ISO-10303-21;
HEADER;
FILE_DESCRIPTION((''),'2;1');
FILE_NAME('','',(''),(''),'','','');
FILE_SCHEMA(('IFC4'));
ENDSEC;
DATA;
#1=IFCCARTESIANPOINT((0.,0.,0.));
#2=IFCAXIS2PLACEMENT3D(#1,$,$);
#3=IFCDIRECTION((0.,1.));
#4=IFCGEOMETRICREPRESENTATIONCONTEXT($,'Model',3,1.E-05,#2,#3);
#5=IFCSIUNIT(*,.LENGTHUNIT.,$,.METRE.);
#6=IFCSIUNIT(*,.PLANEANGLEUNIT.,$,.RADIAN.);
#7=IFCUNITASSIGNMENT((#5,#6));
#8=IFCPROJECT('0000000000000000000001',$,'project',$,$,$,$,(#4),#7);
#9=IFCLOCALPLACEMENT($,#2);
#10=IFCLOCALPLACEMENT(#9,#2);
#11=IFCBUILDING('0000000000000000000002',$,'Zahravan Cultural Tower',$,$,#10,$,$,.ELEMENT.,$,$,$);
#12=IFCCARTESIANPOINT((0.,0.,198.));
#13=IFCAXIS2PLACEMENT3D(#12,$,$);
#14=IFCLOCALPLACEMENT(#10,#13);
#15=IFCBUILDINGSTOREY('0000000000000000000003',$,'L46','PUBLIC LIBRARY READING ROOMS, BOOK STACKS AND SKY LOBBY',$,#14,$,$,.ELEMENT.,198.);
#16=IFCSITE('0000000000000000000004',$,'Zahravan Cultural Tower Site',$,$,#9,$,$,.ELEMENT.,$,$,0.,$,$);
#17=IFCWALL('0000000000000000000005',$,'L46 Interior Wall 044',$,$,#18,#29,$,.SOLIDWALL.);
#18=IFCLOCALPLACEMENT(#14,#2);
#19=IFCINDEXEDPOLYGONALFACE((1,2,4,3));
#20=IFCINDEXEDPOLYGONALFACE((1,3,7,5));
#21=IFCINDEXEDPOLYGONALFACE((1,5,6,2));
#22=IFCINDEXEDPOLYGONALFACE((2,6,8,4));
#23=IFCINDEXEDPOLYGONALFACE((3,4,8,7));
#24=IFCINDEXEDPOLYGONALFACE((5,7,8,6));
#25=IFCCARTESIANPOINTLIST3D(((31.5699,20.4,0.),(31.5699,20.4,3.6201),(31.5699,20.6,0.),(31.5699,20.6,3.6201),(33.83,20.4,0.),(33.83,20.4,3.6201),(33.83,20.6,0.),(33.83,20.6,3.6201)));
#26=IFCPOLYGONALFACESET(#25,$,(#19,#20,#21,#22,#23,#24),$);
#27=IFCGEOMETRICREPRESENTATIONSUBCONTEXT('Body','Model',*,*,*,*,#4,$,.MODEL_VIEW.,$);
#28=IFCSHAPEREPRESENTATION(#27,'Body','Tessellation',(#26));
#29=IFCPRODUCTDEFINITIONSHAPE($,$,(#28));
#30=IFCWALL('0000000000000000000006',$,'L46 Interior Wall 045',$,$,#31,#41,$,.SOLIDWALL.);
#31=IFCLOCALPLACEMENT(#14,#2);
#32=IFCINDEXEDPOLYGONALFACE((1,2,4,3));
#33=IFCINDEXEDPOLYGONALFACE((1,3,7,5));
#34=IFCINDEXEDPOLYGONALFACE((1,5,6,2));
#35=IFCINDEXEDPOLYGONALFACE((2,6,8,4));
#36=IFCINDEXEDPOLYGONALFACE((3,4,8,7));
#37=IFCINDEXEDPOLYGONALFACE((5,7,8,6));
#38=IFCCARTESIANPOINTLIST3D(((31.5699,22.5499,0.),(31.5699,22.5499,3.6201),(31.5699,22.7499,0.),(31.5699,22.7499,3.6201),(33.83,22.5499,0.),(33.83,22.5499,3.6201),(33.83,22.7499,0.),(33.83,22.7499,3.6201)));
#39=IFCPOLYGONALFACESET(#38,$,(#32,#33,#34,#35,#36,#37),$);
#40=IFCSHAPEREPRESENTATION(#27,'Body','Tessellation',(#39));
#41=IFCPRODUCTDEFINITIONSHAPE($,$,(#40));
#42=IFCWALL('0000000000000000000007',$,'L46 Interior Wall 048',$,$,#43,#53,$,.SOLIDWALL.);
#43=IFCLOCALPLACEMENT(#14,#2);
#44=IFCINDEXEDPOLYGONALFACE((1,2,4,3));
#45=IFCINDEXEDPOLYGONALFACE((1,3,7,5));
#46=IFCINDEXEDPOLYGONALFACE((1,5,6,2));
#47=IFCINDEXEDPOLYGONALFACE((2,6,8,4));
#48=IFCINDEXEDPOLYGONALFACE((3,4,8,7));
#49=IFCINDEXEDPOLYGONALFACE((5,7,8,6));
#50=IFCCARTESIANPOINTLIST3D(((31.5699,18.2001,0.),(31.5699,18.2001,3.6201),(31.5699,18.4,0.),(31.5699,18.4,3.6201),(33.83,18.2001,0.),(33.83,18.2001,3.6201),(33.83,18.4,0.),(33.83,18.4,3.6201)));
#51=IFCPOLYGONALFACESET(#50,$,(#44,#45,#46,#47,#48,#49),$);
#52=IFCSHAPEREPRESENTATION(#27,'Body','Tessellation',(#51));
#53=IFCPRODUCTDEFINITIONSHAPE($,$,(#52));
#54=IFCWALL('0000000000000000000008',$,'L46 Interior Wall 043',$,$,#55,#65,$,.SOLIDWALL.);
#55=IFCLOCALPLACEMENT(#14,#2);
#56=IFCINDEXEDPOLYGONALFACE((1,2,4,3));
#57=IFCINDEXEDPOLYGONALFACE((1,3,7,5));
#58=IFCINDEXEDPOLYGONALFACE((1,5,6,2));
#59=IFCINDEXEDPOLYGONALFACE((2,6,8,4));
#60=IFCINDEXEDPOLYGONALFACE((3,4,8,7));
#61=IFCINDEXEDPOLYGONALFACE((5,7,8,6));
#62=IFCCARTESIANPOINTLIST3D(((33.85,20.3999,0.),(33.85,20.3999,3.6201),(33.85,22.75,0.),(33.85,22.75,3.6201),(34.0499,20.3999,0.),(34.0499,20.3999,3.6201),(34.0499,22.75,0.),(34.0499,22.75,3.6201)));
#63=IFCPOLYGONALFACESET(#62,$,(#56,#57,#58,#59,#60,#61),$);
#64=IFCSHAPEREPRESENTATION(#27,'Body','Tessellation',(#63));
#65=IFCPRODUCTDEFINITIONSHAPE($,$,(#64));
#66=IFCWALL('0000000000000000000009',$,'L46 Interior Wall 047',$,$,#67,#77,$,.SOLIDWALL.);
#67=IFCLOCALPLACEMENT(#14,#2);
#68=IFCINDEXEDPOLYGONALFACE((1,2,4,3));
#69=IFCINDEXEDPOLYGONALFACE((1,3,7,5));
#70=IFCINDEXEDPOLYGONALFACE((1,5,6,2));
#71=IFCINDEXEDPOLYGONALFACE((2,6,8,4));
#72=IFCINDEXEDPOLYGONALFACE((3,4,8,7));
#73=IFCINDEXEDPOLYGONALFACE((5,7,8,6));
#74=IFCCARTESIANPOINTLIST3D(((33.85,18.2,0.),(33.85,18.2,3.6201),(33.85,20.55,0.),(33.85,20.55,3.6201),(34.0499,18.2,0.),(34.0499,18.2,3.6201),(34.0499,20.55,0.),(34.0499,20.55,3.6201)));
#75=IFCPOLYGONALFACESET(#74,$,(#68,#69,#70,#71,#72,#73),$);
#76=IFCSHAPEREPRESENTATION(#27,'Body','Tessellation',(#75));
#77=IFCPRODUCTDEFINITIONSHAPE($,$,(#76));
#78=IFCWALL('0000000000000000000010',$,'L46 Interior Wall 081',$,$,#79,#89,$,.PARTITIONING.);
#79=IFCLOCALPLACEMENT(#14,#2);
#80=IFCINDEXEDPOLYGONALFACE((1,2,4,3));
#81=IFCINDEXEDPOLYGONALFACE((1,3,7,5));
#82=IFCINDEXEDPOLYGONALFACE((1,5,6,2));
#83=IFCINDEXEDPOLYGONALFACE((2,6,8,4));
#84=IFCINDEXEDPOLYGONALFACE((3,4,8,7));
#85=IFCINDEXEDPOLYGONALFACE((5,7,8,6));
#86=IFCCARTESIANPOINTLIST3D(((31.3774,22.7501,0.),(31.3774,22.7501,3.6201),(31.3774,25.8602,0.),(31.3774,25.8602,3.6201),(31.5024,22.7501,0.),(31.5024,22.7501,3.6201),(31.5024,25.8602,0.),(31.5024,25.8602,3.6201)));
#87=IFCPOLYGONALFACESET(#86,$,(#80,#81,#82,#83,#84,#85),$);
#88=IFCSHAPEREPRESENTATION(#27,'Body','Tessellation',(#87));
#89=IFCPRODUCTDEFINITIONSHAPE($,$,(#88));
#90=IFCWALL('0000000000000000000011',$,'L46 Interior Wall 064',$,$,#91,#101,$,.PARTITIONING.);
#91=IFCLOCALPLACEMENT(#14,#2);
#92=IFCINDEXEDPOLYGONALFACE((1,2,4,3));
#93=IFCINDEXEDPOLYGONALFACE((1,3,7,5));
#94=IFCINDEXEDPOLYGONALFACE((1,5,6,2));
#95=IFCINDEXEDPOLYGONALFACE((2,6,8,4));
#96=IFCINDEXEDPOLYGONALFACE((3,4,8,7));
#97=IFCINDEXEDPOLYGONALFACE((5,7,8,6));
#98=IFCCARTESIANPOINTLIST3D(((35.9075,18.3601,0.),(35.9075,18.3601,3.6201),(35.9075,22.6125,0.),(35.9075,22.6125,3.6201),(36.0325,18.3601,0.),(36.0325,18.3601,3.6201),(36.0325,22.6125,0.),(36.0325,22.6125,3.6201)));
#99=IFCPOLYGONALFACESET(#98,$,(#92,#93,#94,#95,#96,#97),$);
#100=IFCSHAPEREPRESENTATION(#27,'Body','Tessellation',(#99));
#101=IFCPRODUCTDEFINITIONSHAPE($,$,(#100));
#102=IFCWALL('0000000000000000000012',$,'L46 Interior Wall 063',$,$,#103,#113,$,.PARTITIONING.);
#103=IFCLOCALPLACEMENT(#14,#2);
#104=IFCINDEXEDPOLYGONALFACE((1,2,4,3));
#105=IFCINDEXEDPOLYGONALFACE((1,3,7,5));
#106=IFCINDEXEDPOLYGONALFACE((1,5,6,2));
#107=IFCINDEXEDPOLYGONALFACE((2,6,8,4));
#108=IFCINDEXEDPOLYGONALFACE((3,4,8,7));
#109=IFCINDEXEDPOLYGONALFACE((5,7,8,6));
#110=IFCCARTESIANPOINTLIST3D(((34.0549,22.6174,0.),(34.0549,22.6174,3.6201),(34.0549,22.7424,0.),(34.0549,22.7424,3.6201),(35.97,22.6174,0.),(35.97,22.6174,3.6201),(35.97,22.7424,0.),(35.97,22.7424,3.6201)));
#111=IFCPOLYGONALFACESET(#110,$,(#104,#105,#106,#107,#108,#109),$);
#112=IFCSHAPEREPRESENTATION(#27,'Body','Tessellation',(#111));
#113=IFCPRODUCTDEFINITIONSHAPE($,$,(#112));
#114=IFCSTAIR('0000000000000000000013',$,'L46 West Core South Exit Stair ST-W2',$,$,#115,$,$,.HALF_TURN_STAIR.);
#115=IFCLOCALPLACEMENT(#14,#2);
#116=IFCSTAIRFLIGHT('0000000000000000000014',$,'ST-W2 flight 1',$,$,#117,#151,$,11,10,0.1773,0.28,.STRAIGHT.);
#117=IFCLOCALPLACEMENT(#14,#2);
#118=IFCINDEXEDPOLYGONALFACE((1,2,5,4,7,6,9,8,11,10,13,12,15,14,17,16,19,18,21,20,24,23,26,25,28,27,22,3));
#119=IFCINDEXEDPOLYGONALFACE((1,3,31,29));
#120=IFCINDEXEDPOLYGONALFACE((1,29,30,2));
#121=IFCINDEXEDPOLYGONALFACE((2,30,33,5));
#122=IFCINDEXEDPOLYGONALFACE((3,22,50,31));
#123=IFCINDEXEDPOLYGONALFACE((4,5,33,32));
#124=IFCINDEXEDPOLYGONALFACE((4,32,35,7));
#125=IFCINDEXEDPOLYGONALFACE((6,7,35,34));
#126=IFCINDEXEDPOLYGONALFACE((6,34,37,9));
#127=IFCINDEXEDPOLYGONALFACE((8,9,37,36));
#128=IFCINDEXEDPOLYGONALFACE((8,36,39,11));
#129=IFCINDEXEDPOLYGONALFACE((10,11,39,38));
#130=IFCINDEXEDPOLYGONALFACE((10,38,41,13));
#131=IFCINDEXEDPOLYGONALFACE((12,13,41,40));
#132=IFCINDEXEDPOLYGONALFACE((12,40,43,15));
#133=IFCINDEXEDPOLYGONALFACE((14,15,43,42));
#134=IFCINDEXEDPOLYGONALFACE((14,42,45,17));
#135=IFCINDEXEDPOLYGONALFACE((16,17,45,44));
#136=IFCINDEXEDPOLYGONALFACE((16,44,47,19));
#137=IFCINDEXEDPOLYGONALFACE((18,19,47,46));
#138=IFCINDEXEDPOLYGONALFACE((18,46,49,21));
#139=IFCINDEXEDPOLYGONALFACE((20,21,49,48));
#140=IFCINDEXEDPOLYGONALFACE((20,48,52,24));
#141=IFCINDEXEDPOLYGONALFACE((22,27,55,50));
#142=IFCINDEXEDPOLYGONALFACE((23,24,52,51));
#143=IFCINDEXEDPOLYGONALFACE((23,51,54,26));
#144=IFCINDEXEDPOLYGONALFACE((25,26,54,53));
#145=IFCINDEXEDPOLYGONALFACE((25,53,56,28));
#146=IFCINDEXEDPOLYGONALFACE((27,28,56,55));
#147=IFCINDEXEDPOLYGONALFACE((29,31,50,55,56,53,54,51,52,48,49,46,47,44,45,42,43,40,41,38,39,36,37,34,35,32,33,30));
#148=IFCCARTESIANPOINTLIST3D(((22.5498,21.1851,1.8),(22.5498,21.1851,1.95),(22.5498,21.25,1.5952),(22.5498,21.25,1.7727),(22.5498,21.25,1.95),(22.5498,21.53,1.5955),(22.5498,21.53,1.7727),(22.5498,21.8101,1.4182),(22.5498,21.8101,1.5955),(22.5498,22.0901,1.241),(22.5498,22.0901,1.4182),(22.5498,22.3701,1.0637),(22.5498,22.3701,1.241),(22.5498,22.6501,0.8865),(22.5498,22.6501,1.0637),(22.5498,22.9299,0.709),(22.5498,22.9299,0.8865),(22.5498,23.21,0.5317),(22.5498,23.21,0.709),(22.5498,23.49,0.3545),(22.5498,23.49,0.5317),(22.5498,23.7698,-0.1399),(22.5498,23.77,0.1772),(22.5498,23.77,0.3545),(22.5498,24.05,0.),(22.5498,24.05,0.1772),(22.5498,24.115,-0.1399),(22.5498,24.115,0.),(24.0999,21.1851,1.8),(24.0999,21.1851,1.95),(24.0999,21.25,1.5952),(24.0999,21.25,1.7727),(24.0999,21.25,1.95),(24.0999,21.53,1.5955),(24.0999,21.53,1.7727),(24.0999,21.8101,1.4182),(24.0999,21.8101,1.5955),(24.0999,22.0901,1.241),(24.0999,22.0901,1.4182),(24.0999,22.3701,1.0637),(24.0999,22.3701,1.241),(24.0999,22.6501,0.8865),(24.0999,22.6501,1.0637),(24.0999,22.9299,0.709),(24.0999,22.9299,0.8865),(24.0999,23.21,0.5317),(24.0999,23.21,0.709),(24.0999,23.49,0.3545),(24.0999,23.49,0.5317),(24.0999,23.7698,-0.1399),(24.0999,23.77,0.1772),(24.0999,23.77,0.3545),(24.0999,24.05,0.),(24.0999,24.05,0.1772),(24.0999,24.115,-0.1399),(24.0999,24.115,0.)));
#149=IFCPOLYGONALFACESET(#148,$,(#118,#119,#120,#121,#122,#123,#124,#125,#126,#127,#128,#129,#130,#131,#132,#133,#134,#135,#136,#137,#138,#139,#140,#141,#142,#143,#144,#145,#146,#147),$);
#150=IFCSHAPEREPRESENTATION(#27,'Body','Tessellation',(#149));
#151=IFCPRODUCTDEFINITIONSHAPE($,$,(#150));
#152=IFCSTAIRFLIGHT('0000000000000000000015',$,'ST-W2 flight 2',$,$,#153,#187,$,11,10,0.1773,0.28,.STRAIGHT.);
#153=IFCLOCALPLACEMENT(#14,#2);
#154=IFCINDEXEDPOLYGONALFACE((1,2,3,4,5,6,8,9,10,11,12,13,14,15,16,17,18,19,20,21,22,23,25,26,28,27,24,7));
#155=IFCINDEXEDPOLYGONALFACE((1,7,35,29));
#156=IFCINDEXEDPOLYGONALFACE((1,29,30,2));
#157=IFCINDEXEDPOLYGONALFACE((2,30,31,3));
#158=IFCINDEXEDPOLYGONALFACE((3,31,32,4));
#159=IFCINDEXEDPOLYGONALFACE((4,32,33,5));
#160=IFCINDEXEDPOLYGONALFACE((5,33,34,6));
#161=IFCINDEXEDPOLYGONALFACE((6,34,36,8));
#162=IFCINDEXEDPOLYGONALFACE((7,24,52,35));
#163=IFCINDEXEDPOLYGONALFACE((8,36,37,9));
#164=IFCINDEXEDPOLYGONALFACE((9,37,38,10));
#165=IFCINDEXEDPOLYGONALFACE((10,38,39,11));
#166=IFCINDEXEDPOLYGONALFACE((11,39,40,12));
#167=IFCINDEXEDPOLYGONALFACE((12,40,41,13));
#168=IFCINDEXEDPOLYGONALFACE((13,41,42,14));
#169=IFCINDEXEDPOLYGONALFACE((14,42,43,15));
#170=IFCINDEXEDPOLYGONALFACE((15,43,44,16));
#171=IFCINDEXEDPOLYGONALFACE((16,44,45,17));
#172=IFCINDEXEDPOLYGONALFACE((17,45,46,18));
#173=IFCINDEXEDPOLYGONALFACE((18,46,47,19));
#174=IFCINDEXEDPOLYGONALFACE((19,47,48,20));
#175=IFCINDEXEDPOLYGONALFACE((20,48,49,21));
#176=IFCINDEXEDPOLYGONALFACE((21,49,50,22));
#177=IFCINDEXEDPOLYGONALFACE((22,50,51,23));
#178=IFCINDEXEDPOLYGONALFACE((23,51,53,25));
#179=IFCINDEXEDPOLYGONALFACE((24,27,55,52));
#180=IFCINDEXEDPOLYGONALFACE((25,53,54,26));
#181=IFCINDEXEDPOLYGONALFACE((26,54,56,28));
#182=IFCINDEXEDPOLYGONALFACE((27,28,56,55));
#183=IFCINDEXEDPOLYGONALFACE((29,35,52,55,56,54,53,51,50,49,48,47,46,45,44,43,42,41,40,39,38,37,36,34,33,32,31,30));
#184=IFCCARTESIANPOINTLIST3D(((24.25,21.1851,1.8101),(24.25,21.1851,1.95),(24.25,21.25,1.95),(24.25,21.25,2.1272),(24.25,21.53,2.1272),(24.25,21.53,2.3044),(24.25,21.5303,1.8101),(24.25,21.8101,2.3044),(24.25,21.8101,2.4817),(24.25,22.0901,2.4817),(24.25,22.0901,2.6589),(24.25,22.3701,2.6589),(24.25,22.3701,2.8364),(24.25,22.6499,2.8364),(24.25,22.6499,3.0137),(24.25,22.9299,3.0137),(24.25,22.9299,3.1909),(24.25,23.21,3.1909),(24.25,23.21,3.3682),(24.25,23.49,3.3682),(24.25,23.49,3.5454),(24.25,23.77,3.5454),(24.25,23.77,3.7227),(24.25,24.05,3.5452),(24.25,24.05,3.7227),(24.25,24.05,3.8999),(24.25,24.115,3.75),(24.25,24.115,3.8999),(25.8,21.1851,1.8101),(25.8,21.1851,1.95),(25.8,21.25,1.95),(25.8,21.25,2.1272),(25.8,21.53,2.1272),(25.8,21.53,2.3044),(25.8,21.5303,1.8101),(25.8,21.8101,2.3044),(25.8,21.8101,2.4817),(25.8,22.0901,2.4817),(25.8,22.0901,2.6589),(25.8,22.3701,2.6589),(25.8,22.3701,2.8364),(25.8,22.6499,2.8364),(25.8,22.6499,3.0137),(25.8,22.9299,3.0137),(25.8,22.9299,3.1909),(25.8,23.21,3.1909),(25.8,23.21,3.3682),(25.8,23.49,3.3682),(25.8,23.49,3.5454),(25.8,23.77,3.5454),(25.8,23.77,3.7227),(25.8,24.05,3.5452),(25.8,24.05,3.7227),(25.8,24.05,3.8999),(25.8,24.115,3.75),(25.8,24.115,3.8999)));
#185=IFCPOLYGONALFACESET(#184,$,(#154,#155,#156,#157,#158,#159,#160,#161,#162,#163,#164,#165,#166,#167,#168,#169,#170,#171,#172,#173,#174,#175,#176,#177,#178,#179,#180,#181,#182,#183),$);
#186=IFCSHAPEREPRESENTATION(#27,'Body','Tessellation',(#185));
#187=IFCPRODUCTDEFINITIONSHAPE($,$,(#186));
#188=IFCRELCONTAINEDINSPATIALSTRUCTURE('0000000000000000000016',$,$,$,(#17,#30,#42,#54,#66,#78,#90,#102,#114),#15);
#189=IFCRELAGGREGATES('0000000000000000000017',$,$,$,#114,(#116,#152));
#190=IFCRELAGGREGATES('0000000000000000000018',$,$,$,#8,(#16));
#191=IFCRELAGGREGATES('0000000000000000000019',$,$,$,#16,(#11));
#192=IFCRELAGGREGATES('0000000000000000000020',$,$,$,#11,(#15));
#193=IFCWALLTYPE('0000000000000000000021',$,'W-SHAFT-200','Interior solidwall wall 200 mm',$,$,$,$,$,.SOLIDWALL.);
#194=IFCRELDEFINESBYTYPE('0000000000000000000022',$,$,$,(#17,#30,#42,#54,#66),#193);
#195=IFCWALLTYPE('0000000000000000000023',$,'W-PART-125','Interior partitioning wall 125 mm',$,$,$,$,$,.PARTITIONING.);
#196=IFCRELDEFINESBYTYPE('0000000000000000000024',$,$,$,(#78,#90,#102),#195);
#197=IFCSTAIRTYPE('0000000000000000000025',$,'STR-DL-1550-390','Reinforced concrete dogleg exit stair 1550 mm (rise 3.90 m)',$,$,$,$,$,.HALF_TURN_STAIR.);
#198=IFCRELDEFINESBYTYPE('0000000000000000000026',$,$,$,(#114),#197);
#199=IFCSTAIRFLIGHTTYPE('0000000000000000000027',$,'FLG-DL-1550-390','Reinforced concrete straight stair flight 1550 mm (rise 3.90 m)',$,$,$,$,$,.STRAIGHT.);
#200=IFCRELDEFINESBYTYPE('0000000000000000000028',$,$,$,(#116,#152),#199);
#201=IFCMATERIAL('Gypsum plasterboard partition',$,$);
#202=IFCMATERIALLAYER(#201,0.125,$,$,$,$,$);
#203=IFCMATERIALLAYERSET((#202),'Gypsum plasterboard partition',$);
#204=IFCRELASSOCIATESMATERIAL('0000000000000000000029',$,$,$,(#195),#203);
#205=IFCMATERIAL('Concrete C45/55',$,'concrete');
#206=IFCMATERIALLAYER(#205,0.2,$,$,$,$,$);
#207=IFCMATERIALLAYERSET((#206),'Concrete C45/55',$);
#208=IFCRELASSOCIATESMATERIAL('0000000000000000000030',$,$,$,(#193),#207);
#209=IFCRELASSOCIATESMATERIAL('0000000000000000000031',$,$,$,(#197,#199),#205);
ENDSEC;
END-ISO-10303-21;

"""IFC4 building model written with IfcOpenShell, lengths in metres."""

from ifc_helpers import new_model, si_unit, direction, frame, frame_2d, origin, place, context, subcontext, project, spatial, polyline, rectangle, outline, extrude, source, transform, mapped, material, layer, layer_set, type_object, element, aggregate, save


model = new_model("IFC4")

# Units and contexts
model_context = context("Model", 3, precision=1e-05, world=origin(), true_north=direction((0.0, 1.0)))
body_context = subcontext(model_context, "Body", "Model", "MODEL_VIEW")
ifc_project = project(units=[si_unit("LENGTHUNIT", "METRE"), si_unit("PLANEANGLEUNIT", "RADIAN")], contexts=[model_context])

# Site, building, storey
site_placement = place(None, origin())
site = spatial("IfcSite", under=ifc_project, at=site_placement, Name="Zahravan Cultural Tower Site", CompositionType="ELEMENT", RefElevation=0.0)
building_placement = place(site_placement, origin())
building = spatial("IfcBuilding", under=site, at=building_placement, Name="Zahravan Cultural Tower", CompositionType="ELEMENT")
storey_placement = place(building_placement, frame((0.0, 0.0, 198.0)))
storey = spatial("IfcBuildingStorey", under=building, at=storey_placement, Name="L46", Description="PUBLIC LIBRARY READING ROOMS, BOOK STACKS AND SKY LOBBY", CompositionType="ELEMENT", Elevation=198.0)

# Shared definitions
ifc_material_1 = material(Name="Gypsum plasterboard partition")
ifc_layer_1 = layer(ifc_material_1, 0.125)
ifc_layer_set_1 = layer_set([ifc_layer_1], Name="Gypsum plasterboard partition")
wall_type_1 = type_object("IfcWallType", Name="W-PART-125", Description="Interior partitioning wall 125 mm", PredefinedType="PARTITIONING", material=ifc_layer_set_1)
ifc_material_2 = material(Name="Concrete C45/55", Category="concrete")
ifc_layer_2 = layer(ifc_material_2, 0.2)
ifc_layer_set_2 = layer_set([ifc_layer_2], Name="Concrete C45/55")
wall_type_2 = type_object("IfcWallType", Name="W-SHAFT-200", Description="Interior solidwall wall 200 mm", PredefinedType="SOLIDWALL", material=ifc_layer_set_2)

# Walls
shared_shape_1 = source(origin(), body_context, "Body", "SweptSolid", [
    extrude(rectangle(XDim=2.26, YDim=0.2, at=frame_2d((1.1299, 0.0))), origin(), (0.0, 0.0, 1.0), 3.6201),
])
for number, where, z_axis, x_axis, name in (
    (1, (31.5701, 20.5, 0.0), (0.0, 0.0, 1.0), (1.0, 0.0, 0.0), "L46 Interior Wall 044"),
    (2, (31.5701, 22.6499, 0.0), (0.0, 0.0, 1.0), (1.0, 0.0, 0.0), "L46 Interior Wall 045"),
    (3, (31.5701, 18.3, 0.0), (0.0, 0.0, 1.0), (1.0, 0.0, 0.0), "L46 Interior Wall 048"),
):
    element("IfcWall", number, at=place(storey_placement, frame(where, z_axis=z_axis, x_axis=x_axis)), inside=storey, type_object=wall_type_2, Name=name, PredefinedType="SOLIDWALL", context=body_context, shape_type="MappedRepresentation", body=[
        mapped(shared_shape_1, transform((0.0, 0.0, 0.0), x_axis=(1.0, 0.0, 0.0), y_axis=(0.0, 1.0, 0.0), z_axis=(0.0, 0.0, 1.0), scale=1.0)),
    ])
shared_shape_2 = source(origin(), body_context, "Body", "SweptSolid", [
    extrude(rectangle(XDim=2.3501, YDim=0.2, at=frame_2d((1.175, 0.0))), origin(), (0.0, 0.0, 1.0), 3.6201),
])
for number, where, z_axis, x_axis, name in (
    (4, (33.95, 20.3999, 0.0), (0.0, 0.0, 1.0), (0.0, 1.0, 0.0), "L46 Interior Wall 043"),
    (5, (33.95, 18.2, 0.0), (0.0, 0.0, 1.0), (0.0, 1.0, 0.0), "L46 Interior Wall 047"),
):
    element("IfcWall", number, at=place(storey_placement, frame(where, z_axis=z_axis, x_axis=x_axis)), inside=storey, type_object=wall_type_2, Name=name, PredefinedType="SOLIDWALL", context=body_context, shape_type="MappedRepresentation", body=[
        mapped(shared_shape_2, transform((0.0, 0.0, 0.0), x_axis=(1.0, 0.0, 0.0), y_axis=(0.0, 1.0, 0.0), z_axis=(0.0, 0.0, 1.0), scale=1.0)),
    ])
shared_shape_3 = source(origin(), body_context, "Body", "SweptSolid", [
    extrude(rectangle(XDim=3.1101, YDim=0.125, at=frame_2d((1.5552, 0.0))), origin(), (0.0, 0.0, 1.0), 3.6201),
])
wall_1_placement = place(storey_placement, frame((31.4399, 22.75, 0.0), z_axis=(0.0, 0.0, 1.0), x_axis=(0.0, 1.0, 0.0)))
element("IfcWall", 6, at=wall_1_placement, inside=storey, type_object=wall_type_1, Name="L46 Interior Wall 081", PredefinedType="PARTITIONING", context=body_context, shape_type="MappedRepresentation", body=[
    mapped(shared_shape_3, transform((0.0, 0.0, 0.0), x_axis=(1.0, 0.0, 0.0), y_axis=(0.0, 1.0, 0.0), z_axis=(0.0, 0.0, 1.0), scale=1.0)),
])
shared_shape_4 = source(origin(), body_context, "Body", "SweptSolid", [
    extrude(rectangle(XDim=4.2524, YDim=0.125, at=frame_2d((2.1262, 0.0))), origin(), (0.0, 0.0, 1.0), 3.6201),
])
wall_2_placement = place(storey_placement, frame((35.97, 22.6125, 0.0), z_axis=(0.0, 0.0, 1.0), x_axis=(0.0, -1.0, 0.0)))
element("IfcWall", 7, at=wall_2_placement, inside=storey, type_object=wall_type_1, Name="L46 Interior Wall 064", PredefinedType="PARTITIONING", context=body_context, shape_type="MappedRepresentation", body=[
    mapped(shared_shape_4, transform((0.0, 0.0, 0.0), x_axis=(1.0, 0.0, 0.0), y_axis=(0.0, 1.0, 0.0), z_axis=(0.0, 0.0, 1.0), scale=1.0)),
])
shared_shape_5 = source(origin(), body_context, "Body", "SweptSolid", [
    extrude(rectangle(XDim=1.915, YDim=0.125, at=frame_2d((0.9575, 0.0))), origin(), (0.0, 0.0, 1.0), 3.6201),
])
wall_3_placement = place(storey_placement, frame((34.0549, 22.6799, 0.0), z_axis=(0.0, 0.0, 1.0), x_axis=(1.0, 0.0, 0.0)))
element("IfcWall", 8, at=wall_3_placement, inside=storey, type_object=wall_type_1, Name="L46 Interior Wall 063", PredefinedType="PARTITIONING", context=body_context, shape_type="MappedRepresentation", body=[
    mapped(shared_shape_5, transform((0.0, 0.0, 0.0), x_axis=(1.0, 0.0, 0.0), y_axis=(0.0, 1.0, 0.0), z_axis=(0.0, 0.0, 1.0), scale=1.0)),
])

# Stair, stair flights
stair_type = type_object("IfcStairType", Name="STR-DL-1550-390", Description="Reinforced concrete dogleg exit stair 1550 mm (rise 3.90 m)", PredefinedType="HALF_TURN_STAIR", material=ifc_material_2)
stair_placement = place(storey_placement, origin())
stair = element("IfcStair", 9, at=stair_placement, inside=storey, type_object=stair_type, Name="L46 West Core South Exit Stair ST-W2", PredefinedType="HALF_TURN_STAIR")
stair_flight_type = type_object("IfcStairFlightType", Name="FLG-DL-1550-390", Description="Reinforced concrete straight stair flight 1550 mm (rise 3.90 m)", PredefinedType="STRAIGHT", material=ifc_material_2)
stair_flight_1_placement = place(storey_placement, frame((23.325, 24.05, 0.0), z_axis=(0.0, 0.0, 1.0), x_axis=(0.0, -1.0, 0.0)))
stair_flight_1 = element("IfcStairFlight", 10, at=stair_flight_1_placement, type_object=stair_flight_type, Name="ST-W2 flight 1", NumberOfRisers=11, NumberOfTreads=10, PredefinedType="STRAIGHT", RiserHeight=0.1773, TreadLength=0.28, context=body_context, shape_type="SweptSolid", body=[
    extrude(outline(polyline([(-0.0649, -0.1399), (-0.0649, 0.0), (0.0, 0.0), (0.0, 0.1772), (0.28, 0.1772), (0.28, 0.3545), (0.5601, 0.3545), (0.5601, 0.5317), (0.8401, 0.5317), (0.8401, 0.709), (1.1201, 0.709), (1.1201, 0.8865), (1.3999, 0.8865), (1.3999, 1.0637), (1.6799, 1.0637), (1.6799, 1.241), (1.96, 1.241), (1.96, 1.4182), (2.24, 1.4182), (2.24, 1.5955), (2.52, 1.5955), (2.52, 1.7727), (2.8, 1.7727), (2.8, 1.95), (2.865, 1.95), (2.865, 1.8), (2.8, 1.5952), (0.2803, -0.1399), (-0.0649, -0.1399)])), frame((0.0, 0.7749, 0.0), z_axis=(0.0, -1.0, 0.0), x_axis=(1.0, 0.0, 0.0)), (0.0, 0.0, 1.0), 1.55),
])
stair_flight_2_placement = place(storey_placement, frame((25.0249, 21.25, 1.95), z_axis=(0.0, 0.0, 1.0), x_axis=(0.0, 1.0, 0.0)))
stair_flight_2 = element("IfcStairFlight", 11, at=stair_flight_2_placement, type_object=stair_flight_type, Name="ST-W2 flight 2", NumberOfRisers=11, NumberOfTreads=10, PredefinedType="STRAIGHT", RiserHeight=0.1773, TreadLength=0.28, context=body_context, shape_type="SweptSolid", body=[
    extrude(outline(polyline([(-0.0649, -0.1399), (-0.0649, 0.0), (0.0, 0.0), (0.0, 0.1772), (0.28, 0.1772), (0.28, 0.3545), (0.5601, 0.3545), (0.5601, 0.5317), (0.8401, 0.5317), (0.8401, 0.709), (1.1201, 0.709), (1.1201, 0.8865), (1.3999, 0.8865), (1.3999, 1.0637), (1.6799, 1.0637), (1.6799, 1.241), (1.96, 1.241), (1.96, 1.4182), (2.24, 1.4182), (2.24, 1.5955), (2.52, 1.5955), (2.52, 1.7727), (2.8, 1.7727), (2.8, 1.95), (2.865, 1.95), (2.865, 1.8), (2.8, 1.5952), (0.2803, -0.1399), (-0.0649, -0.1399)])), frame((0.0, 0.7749, 0.0), z_axis=(0.0, -1.0, 0.0), x_axis=(1.0, 0.0, 0.0)), (0.0, 0.0, 1.0), 1.55),
])
aggregate(stair, [stair_flight_1, stair_flight_2])

save(model, "model.ifc")
